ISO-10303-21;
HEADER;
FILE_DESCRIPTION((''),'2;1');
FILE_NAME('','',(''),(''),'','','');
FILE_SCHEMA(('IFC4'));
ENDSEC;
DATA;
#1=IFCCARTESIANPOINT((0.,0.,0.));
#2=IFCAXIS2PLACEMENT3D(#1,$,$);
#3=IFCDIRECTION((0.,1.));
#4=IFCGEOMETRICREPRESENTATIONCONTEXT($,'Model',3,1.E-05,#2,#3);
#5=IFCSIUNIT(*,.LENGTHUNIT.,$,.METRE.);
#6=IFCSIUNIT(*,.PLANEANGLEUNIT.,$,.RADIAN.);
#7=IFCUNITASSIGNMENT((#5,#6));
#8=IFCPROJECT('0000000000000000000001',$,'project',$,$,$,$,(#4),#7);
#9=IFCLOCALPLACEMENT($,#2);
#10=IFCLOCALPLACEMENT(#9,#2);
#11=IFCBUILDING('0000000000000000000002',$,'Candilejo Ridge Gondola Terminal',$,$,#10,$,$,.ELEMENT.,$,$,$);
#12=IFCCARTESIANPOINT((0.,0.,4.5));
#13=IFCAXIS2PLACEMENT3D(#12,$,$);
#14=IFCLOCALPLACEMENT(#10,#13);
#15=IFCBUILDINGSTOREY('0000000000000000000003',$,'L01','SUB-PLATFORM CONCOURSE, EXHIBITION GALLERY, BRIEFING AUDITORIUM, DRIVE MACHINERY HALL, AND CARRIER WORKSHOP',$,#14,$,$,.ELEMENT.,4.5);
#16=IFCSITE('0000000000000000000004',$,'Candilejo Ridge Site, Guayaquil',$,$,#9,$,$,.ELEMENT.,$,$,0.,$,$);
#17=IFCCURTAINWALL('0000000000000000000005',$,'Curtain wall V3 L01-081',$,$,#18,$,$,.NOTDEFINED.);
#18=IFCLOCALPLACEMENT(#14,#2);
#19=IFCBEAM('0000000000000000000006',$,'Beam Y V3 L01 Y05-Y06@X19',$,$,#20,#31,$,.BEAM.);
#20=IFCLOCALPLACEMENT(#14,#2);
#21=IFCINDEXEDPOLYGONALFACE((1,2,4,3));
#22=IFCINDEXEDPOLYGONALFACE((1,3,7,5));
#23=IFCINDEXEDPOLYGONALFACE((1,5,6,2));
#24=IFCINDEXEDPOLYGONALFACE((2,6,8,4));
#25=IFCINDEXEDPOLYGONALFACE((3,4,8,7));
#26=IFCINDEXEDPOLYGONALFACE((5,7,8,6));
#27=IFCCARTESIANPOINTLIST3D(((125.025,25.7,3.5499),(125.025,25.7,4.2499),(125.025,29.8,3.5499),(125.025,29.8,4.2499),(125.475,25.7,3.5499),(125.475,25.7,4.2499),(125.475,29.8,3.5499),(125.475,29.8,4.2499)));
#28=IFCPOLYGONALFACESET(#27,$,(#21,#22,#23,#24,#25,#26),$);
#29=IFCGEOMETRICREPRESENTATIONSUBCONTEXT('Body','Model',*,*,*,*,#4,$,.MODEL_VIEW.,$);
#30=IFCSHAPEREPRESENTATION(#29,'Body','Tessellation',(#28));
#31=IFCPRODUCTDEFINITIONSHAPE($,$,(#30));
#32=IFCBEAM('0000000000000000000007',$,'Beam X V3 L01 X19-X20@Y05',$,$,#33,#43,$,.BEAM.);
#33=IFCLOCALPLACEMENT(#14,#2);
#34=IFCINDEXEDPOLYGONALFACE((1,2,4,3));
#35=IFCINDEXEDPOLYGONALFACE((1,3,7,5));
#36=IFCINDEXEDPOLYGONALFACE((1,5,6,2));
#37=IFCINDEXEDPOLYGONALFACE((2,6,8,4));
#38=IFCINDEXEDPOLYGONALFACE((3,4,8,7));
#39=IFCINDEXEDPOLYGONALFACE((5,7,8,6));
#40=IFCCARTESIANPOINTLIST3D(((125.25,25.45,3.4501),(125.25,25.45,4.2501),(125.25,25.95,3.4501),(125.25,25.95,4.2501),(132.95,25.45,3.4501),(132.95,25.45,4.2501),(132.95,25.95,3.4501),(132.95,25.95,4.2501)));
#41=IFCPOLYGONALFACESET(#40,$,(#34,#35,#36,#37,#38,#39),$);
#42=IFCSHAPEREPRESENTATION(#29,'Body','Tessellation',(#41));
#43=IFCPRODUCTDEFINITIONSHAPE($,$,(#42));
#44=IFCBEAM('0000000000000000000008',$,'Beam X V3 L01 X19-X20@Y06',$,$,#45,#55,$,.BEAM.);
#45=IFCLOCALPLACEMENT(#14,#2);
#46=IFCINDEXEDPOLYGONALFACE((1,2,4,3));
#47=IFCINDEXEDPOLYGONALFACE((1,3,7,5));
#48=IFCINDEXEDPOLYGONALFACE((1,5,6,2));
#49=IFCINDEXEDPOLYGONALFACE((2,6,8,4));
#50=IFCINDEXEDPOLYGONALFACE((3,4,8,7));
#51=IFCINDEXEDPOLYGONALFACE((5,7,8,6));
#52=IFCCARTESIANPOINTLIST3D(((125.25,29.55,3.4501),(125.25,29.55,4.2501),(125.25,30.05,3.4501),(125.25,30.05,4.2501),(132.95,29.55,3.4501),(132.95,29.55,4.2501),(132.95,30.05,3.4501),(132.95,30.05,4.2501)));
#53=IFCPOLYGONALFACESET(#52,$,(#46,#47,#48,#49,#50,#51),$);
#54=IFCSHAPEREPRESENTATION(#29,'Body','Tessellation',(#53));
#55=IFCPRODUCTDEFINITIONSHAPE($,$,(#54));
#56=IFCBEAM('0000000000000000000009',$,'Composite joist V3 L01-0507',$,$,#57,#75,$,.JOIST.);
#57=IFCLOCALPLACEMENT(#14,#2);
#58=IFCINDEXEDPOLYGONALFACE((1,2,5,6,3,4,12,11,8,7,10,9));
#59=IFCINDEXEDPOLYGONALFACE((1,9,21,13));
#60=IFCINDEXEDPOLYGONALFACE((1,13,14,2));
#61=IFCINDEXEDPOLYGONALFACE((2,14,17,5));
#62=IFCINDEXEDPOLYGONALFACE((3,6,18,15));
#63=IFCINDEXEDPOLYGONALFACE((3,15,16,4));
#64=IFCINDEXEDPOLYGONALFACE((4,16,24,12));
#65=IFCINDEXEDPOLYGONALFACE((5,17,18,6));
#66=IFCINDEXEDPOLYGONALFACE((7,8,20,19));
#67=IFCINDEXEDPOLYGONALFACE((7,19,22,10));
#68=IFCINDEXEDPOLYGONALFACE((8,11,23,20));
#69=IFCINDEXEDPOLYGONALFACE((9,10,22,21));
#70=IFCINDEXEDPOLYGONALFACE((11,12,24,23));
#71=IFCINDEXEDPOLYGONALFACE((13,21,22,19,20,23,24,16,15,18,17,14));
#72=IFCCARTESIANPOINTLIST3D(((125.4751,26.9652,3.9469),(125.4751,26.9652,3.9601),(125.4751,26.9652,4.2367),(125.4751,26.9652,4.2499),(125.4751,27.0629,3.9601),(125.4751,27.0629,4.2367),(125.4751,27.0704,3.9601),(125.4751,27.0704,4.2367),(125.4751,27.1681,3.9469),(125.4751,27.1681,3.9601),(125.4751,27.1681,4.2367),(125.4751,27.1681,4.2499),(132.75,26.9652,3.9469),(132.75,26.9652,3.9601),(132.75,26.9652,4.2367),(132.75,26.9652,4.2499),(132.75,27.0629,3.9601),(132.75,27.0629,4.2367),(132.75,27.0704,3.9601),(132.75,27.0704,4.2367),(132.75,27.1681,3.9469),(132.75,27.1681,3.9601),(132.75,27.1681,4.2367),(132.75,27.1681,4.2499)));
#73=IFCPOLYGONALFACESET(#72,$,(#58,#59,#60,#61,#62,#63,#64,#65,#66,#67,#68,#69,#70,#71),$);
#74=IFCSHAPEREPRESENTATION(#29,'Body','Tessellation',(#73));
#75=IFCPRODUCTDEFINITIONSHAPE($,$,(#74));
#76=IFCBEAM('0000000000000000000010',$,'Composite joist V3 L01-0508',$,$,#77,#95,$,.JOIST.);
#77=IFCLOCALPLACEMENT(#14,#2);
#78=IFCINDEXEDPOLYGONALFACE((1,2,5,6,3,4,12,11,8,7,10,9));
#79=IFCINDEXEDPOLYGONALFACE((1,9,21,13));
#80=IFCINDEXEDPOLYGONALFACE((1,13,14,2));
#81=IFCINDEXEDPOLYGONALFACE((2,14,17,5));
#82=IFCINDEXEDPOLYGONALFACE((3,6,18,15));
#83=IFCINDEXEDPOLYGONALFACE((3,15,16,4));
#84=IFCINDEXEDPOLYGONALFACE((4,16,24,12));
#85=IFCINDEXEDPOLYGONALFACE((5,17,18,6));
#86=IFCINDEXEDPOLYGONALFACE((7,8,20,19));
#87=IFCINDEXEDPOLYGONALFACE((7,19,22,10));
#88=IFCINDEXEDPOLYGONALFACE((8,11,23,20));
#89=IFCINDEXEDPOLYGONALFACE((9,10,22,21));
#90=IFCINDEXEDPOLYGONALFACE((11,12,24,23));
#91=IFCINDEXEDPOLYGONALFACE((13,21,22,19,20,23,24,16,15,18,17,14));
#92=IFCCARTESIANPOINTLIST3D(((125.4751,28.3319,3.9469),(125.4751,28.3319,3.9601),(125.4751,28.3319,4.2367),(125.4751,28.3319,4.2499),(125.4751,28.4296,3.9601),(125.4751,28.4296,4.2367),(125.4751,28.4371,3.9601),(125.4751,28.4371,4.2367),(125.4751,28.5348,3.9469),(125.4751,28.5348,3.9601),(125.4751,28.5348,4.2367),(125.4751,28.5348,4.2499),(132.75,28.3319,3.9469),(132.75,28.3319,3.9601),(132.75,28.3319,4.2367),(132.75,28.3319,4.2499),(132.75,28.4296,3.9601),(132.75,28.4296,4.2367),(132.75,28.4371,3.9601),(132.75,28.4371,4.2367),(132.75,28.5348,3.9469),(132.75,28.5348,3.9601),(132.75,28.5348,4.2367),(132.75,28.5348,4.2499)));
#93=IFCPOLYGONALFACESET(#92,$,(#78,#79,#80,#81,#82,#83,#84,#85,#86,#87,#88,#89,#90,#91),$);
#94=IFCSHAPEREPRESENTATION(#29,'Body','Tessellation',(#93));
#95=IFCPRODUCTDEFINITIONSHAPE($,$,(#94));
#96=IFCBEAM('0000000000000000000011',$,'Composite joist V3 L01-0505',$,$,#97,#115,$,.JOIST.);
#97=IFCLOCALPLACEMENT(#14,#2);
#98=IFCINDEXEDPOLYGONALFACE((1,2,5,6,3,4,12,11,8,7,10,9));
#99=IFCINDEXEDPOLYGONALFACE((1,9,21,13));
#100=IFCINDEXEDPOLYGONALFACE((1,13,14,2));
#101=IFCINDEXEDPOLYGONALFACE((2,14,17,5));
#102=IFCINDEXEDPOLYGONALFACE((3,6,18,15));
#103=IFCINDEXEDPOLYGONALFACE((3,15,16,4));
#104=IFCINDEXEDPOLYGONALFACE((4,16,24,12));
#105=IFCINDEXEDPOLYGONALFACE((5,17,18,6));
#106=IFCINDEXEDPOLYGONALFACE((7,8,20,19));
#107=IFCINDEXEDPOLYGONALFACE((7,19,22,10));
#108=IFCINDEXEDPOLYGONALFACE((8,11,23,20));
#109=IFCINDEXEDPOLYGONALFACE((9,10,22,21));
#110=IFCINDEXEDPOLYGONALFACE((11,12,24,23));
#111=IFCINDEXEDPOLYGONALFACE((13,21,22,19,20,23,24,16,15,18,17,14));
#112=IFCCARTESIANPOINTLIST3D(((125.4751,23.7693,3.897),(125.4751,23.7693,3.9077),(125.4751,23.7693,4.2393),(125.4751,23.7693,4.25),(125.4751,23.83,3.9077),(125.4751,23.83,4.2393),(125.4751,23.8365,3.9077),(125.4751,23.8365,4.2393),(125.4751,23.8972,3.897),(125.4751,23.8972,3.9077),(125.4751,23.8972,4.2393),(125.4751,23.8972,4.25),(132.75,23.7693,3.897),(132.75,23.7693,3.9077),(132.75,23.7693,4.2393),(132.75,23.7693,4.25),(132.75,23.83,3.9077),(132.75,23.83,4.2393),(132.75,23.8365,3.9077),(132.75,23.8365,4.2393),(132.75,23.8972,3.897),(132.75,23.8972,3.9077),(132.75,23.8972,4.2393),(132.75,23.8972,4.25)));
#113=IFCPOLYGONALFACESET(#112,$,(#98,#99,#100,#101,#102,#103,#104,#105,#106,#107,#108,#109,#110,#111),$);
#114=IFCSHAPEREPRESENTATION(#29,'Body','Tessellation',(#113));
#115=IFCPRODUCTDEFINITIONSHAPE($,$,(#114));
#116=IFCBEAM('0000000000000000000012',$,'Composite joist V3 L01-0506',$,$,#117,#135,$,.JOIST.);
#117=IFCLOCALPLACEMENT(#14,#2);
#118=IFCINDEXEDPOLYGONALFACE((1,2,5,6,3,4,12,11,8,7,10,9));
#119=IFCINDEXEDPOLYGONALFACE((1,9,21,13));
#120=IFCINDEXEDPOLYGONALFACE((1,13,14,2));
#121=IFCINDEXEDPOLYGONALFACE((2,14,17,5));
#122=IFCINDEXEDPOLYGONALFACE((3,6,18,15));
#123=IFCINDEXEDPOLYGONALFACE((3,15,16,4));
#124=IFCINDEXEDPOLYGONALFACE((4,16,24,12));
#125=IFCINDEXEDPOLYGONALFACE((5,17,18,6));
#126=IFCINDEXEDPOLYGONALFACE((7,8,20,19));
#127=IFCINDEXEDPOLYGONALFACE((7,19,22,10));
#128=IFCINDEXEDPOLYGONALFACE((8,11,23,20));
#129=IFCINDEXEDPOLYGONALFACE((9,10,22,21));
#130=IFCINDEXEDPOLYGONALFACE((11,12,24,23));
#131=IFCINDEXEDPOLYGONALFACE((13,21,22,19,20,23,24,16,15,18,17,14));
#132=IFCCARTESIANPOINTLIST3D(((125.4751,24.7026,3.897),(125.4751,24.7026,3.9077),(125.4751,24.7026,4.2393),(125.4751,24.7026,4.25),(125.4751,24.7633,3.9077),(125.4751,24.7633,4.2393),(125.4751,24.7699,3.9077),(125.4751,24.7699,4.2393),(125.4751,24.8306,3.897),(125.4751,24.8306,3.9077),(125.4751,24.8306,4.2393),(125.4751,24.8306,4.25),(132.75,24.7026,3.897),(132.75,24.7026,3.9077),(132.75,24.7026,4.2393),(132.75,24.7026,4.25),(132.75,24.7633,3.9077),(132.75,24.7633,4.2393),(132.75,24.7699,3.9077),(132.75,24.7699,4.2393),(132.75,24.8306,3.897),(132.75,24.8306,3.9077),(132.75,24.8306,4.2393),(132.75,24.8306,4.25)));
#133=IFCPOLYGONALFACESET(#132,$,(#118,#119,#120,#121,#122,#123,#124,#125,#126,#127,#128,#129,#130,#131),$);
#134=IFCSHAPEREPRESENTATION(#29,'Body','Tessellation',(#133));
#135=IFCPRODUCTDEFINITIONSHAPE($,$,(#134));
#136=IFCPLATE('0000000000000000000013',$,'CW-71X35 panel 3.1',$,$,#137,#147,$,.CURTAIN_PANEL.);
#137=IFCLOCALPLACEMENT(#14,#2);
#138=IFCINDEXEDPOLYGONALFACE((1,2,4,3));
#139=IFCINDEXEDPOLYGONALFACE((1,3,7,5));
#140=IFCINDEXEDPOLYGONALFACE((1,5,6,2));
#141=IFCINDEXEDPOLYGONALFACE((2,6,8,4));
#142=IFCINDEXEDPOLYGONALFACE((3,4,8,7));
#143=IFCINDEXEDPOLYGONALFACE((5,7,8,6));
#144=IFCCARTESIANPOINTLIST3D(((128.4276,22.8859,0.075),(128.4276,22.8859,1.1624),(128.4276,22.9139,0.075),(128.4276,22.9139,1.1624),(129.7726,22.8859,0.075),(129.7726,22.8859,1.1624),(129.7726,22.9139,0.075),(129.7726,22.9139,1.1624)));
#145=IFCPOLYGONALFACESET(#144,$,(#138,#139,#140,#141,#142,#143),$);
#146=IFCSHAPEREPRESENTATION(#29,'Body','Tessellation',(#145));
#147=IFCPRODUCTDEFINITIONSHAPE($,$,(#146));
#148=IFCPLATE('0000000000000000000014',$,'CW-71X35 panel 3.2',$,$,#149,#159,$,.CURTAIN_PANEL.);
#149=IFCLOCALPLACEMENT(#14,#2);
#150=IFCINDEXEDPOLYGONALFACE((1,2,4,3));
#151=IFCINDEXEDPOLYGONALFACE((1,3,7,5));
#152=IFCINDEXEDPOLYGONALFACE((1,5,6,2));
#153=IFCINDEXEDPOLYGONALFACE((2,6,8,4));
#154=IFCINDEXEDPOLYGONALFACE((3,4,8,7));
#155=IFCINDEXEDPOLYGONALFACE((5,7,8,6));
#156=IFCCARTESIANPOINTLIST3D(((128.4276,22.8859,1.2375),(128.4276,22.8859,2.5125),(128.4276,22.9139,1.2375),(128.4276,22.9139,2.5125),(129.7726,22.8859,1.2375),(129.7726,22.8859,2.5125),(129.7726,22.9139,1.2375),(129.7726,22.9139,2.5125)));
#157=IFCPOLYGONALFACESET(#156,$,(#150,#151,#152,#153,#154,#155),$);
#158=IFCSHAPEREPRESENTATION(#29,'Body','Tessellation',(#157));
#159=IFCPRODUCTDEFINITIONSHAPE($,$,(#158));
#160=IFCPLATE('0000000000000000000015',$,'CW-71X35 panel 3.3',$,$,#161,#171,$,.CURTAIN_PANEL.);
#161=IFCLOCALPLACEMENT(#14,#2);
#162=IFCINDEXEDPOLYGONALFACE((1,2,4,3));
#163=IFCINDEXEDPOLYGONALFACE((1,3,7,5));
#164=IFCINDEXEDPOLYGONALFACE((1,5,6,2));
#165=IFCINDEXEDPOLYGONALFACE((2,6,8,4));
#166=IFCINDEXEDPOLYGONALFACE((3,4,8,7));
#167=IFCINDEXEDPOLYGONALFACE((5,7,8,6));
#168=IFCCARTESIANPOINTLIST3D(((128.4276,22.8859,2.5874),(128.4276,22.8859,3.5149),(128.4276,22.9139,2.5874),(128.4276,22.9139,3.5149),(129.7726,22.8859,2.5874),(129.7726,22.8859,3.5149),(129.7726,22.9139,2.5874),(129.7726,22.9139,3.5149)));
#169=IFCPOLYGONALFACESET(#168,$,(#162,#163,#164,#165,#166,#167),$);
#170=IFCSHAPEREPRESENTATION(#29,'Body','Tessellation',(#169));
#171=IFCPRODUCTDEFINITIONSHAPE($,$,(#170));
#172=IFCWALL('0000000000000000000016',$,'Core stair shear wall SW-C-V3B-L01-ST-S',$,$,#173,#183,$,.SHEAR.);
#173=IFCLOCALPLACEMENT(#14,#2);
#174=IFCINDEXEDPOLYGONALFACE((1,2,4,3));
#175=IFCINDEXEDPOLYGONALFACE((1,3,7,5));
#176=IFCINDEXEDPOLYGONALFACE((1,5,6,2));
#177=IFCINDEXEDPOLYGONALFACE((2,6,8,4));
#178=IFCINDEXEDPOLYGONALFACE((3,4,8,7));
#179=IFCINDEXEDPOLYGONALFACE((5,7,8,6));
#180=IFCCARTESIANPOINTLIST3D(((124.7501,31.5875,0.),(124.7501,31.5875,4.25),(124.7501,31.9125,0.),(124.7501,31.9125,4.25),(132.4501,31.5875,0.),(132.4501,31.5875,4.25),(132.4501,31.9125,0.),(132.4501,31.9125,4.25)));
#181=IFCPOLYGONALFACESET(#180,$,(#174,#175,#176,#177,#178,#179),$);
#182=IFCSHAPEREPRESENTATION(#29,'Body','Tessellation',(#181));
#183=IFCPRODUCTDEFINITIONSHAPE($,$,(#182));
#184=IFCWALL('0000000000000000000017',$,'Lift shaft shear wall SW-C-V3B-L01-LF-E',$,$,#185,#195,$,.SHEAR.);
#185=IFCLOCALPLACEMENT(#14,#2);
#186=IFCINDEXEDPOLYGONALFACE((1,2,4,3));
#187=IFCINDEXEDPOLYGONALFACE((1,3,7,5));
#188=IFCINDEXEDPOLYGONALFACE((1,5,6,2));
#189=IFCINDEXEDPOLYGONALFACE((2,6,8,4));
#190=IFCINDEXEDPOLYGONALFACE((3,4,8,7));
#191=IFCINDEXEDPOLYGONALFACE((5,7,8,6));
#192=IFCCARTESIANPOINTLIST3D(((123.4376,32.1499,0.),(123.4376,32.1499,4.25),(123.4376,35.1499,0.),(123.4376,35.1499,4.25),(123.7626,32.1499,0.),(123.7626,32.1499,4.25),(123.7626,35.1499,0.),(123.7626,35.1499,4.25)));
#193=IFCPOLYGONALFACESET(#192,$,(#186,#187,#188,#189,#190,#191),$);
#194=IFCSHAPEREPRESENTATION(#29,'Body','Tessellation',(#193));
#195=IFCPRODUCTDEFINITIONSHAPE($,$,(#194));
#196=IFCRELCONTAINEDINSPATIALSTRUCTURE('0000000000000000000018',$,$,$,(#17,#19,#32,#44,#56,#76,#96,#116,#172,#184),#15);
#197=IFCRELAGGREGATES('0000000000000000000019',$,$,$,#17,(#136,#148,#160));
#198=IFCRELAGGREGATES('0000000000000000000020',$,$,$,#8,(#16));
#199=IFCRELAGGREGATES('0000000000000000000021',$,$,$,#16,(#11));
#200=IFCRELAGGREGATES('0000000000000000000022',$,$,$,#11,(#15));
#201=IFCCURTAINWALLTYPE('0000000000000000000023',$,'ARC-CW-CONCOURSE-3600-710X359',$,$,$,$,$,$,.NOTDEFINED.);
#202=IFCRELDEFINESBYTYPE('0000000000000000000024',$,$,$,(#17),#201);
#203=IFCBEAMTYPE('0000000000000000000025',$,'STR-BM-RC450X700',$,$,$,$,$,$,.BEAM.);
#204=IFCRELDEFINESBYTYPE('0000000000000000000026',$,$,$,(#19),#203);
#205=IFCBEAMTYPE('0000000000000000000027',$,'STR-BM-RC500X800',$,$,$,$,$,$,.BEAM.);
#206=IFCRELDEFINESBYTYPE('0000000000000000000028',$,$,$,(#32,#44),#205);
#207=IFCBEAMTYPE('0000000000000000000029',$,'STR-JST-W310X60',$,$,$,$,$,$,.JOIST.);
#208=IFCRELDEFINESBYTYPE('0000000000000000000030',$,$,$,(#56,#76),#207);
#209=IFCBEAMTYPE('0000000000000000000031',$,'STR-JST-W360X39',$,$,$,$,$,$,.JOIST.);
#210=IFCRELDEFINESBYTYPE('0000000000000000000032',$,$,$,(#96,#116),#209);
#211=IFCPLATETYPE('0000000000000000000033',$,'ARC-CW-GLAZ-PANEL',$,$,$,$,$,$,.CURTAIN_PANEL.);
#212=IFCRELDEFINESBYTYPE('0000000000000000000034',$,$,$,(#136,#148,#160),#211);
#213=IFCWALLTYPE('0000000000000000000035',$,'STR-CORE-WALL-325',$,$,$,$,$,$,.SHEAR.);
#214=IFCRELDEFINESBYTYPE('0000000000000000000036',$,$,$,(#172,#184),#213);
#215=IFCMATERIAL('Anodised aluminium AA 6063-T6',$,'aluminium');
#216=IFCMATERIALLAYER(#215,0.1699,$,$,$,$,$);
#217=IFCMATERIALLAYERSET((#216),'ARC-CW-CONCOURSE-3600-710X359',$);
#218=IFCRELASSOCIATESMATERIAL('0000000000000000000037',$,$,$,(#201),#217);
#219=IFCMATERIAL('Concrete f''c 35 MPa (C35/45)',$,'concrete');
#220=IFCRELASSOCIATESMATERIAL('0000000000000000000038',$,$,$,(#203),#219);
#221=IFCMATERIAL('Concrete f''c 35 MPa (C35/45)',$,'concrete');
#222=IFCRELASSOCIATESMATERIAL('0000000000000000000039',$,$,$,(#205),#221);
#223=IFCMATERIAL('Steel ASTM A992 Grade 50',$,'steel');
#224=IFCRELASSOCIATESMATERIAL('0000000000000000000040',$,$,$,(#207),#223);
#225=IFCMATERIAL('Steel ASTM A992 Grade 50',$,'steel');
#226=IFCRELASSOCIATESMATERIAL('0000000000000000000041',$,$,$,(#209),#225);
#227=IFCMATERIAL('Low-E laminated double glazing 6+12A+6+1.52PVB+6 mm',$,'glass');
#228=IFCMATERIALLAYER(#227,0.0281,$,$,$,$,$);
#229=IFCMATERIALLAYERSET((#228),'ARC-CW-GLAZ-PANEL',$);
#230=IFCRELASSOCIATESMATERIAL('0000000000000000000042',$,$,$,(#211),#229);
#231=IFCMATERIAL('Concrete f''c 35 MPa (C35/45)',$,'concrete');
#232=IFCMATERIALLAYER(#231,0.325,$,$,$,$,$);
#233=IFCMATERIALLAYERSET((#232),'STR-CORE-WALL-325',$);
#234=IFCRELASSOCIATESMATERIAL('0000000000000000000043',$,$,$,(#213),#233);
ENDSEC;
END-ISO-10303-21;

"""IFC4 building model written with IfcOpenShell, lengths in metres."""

from ifc_helpers import new_model, si_unit, direction, frame, frame_2d, origin, origin_2d, place, context, subcontext, project, spatial, rectangle, i_section, extrude, material, layer, layer_set, material_profile, profile_set, type_object, element, aggregate, save


model = new_model("IFC4")

# Units and contexts
model_context = context("Model", 3, precision=1e-05, world=origin(), true_north=direction((0.0, 1.0)))
body_context = subcontext(model_context, "Body", "Model", "MODEL_VIEW")
ifc_project = project(units=[si_unit("LENGTHUNIT", "METRE"), si_unit("PLANEANGLEUNIT", "RADIAN")], contexts=[model_context])

# Site, building, storey
site_placement = place(None, origin())
site = spatial("IfcSite", under=ifc_project, at=site_placement, Name="Candilejo Ridge Site, Guayaquil", CompositionType="ELEMENT", RefElevation=0.0)
building_placement = place(site_placement, origin())
building = spatial("IfcBuilding", under=site, at=building_placement, Name="Candilejo Ridge Gondola Terminal", CompositionType="ELEMENT")
storey_placement = place(building_placement, frame((0.0, 0.0, 4.5)))
storey = spatial("IfcBuildingStorey", under=building, at=storey_placement, Name="L01", Description="SUB-PLATFORM CONCOURSE, EXHIBITION GALLERY, BRIEFING AUDITORIUM, DRIVE MACHINERY HALL, AND CARRIER WORKSHOP", CompositionType="ELEMENT", Elevation=4.5)

# Curtain wall
ifc_material_1 = material(Name="Anodised aluminium AA 6063-T6", Category="aluminium")
ifc_layer_1 = layer(ifc_material_1, 0.1699)
ifc_layer_set_1 = layer_set([ifc_layer_1], Name="ARC-CW-CONCOURSE-3600-710X359")
curtain_wall_type = type_object("IfcCurtainWallType", Name="ARC-CW-CONCOURSE-3600-710X359", PredefinedType="NOTDEFINED", material=ifc_layer_set_1)
curtain_wall_placement = place(storey_placement, origin())
curtain_wall = element("IfcCurtainWall", 1, at=curtain_wall_placement, inside=storey, type_object=curtain_wall_type, Name="Curtain wall V3 L01-081", PredefinedType="NOTDEFINED")

# Beams
ifc_material_2 = material(Name="Concrete f'c 35 MPa (C35/45)", Category="concrete")
ifc_material_profile_1 = material_profile(ifc_material_2, rectangle(XDim=0.45, YDim=0.7, at=origin_2d()))
ifc_profile_set_1 = profile_set([ifc_material_profile_1], Name="Concrete f'c 35 MPa (C35/45)")
beam_type_1 = type_object("IfcBeamType", Name="STR-BM-RC450X700", PredefinedType="BEAM", material=ifc_profile_set_1)
beam_placement = place(storey_placement, frame((125.25, 25.7, 3.8999), z_axis=(0.0, 1.0, 0.0), x_axis=(-1.0, 0.0, 0.0)))
element("IfcBeam", 2, at=beam_placement, inside=storey, type_object=beam_type_1, Name="Beam Y V3 L01 Y05-Y06@X19", PredefinedType="BEAM", context=body_context, shape_type="SweptSolid", body=[
    extrude(rectangle(XDim=0.45, YDim=0.7, at=origin_2d()), origin(), (0.0, 0.0, 1.0), 4.1001),
])
ifc_material_3 = material(Name="Concrete f'c 35 MPa (C35/45)", Category="concrete")
ifc_material_profile_2 = material_profile(ifc_material_3, rectangle(XDim=0.5, YDim=0.8, at=origin_2d()))
ifc_profile_set_2 = profile_set([ifc_material_profile_2], Name="Concrete f'c 35 MPa (C35/45)")
beam_type_2 = type_object("IfcBeamType", Name="STR-BM-RC500X800", PredefinedType="BEAM", material=ifc_profile_set_2)
for number, where, z_axis, x_axis, name in (
    (3, (125.25, 25.7, 3.8501), (1.0, 0.0, 0.0), (0.0, 1.0, 0.0), "Beam X V3 L01 X19-X20@Y05"),
    (4, (125.25, 29.8, 3.8501), (1.0, 0.0, 0.0), (0.0, 1.0, 0.0), "Beam X V3 L01 X19-X20@Y06"),
):
    element("IfcBeam", number, at=place(storey_placement, frame(where, z_axis=z_axis, x_axis=x_axis)), inside=storey, type_object=beam_type_2, Name=name, PredefinedType="BEAM", context=body_context, shape_type="SweptSolid", body=[
        extrude(rectangle(XDim=0.5, YDim=0.8, at=origin_2d()), origin(), (0.0, 0.0, 1.0), 7.7),
    ])
ifc_material_4 = material(Name="Steel ASTM A992 Grade 50", Category="steel")
ifc_material_profile_3 = material_profile(ifc_material_4, i_section(OverallWidth=0.2029, OverallDepth=0.303, WebThickness=0.0076, FlangeThickness=0.0132, at=origin_2d()))
ifc_profile_set_3 = profile_set([ifc_material_profile_3], Name="Steel ASTM A992 Grade 50")
beam_type_3 = type_object("IfcBeamType", Name="STR-JST-W310X60", PredefinedType="JOIST", material=ifc_profile_set_3)
for number, where, z_axis, x_axis, name in (
    (5, (125.4751, 27.0667, 4.0984), (1.0, 0.0, 0.0), (0.0, 1.0, 0.0), "Composite joist V3 L01-0507"),
    (6, (125.4751, 28.4333, 4.0984), (1.0, 0.0, 0.0), (0.0, 1.0, 0.0), "Composite joist V3 L01-0508"),
):
    element("IfcBeam", number, at=place(storey_placement, frame(where, z_axis=z_axis, x_axis=x_axis)), inside=storey, type_object=beam_type_3, Name=name, PredefinedType="JOIST", context=body_context, shape_type="SweptSolid", body=[
        extrude(i_section(OverallWidth=0.2029, OverallDepth=0.303, WebThickness=0.0076, FlangeThickness=0.0132, at=origin_2d()), origin(), (0.0, 0.0, 1.0), 7.2749),
    ])
ifc_material_5 = material(Name="Steel ASTM A992 Grade 50", Category="steel")
ifc_material_profile_4 = material_profile(ifc_material_5, i_section(OverallWidth=0.1279, OverallDepth=0.353, WebThickness=0.0066, FlangeThickness=0.0107, at=origin_2d()))
ifc_profile_set_4 = profile_set([ifc_material_profile_4], Name="Steel ASTM A992 Grade 50")
beam_type_4 = type_object("IfcBeamType", Name="STR-JST-W360X39", PredefinedType="JOIST", material=ifc_profile_set_4)
for number, where, z_axis, x_axis, name in (
    (7, (125.4751, 23.8333, 4.0735), (1.0, 0.0, 0.0), (0.0, 1.0, 0.0), "Composite joist V3 L01-0505"),
    (8, (125.4751, 24.7666, 4.0735), (1.0, 0.0, 0.0), (0.0, 1.0, 0.0), "Composite joist V3 L01-0506"),
):
    element("IfcBeam", number, at=place(storey_placement, frame(where, z_axis=z_axis, x_axis=x_axis)), inside=storey, type_object=beam_type_4, Name=name, PredefinedType="JOIST", context=body_context, shape_type="SweptSolid", body=[
        extrude(i_section(OverallWidth=0.1279, OverallDepth=0.353, WebThickness=0.0066, FlangeThickness=0.0107, at=origin_2d()), origin(), (0.0, 0.0, 1.0), 7.2749),
    ])

# Plates
ifc_material_6 = material(Name="Low-E laminated double glazing 6+12A+6+1.52PVB+6 mm", Category="glass")
ifc_layer_2 = layer(ifc_material_6, 0.0281)
ifc_layer_set_2 = layer_set([ifc_layer_2], Name="ARC-CW-GLAZ-PANEL")
plate_type = type_object("IfcPlateType", Name="ARC-CW-GLAZ-PANEL", PredefinedType="CURTAIN_PANEL", material=ifc_layer_set_2)
plate_1_placement = place(storey_placement, frame((129.1001, 22.8999, 0.075), z_axis=(0.0, 0.0, 1.0), x_axis=(1.0, 0.0, 0.0)))
plate_1 = element("IfcPlate", 9, at=plate_1_placement, type_object=plate_type, Name="CW-71X35 panel 3.1", PredefinedType="CURTAIN_PANEL", context=body_context, shape_type="SweptSolid", body=[
    extrude(rectangle(XDim=1.345, YDim=0.0281, at=origin_2d()), origin(), (0.0, 0.0, 1.0), 1.0874),
])
plate_2_placement = place(storey_placement, frame((129.1001, 22.8999, 1.2375), z_axis=(0.0, 0.0, 1.0), x_axis=(1.0, 0.0, 0.0)))
plate_2 = element("IfcPlate", 10, at=plate_2_placement, type_object=plate_type, Name="CW-71X35 panel 3.2", PredefinedType="CURTAIN_PANEL", context=body_context, shape_type="SweptSolid", body=[
    extrude(rectangle(XDim=1.345, YDim=0.0281, at=origin_2d()), origin(), (0.0, 0.0, 1.0), 1.2749),
])
plate_3_placement = place(storey_placement, frame((129.1001, 22.8999, 2.5874), z_axis=(0.0, 0.0, 1.0), x_axis=(1.0, 0.0, 0.0)))
plate_3 = element("IfcPlate", 11, at=plate_3_placement, type_object=plate_type, Name="CW-71X35 panel 3.3", PredefinedType="CURTAIN_PANEL", context=body_context, shape_type="SweptSolid", body=[
    extrude(rectangle(XDim=1.345, YDim=0.0281, at=origin_2d()), origin(), (0.0, 0.0, 1.0), 0.9275),
])
aggregate(curtain_wall, [plate_1, plate_2, plate_3])

# Walls
ifc_material_7 = material(Name="Concrete f'c 35 MPa (C35/45)", Category="concrete")
ifc_layer_3 = layer(ifc_material_7, 0.325)
ifc_layer_set_3 = layer_set([ifc_layer_3], Name="STR-CORE-WALL-325")
wall_type = type_object("IfcWallType", Name="STR-CORE-WALL-325", PredefinedType="SHEAR", material=ifc_layer_set_3)
wall_1_placement = place(storey_placement, frame((124.75, 31.75, 0.0), z_axis=(0.0, 0.0, 1.0), x_axis=(1.0, 0.0, 0.0)))
element("IfcWall", 12, at=wall_1_placement, inside=storey, type_object=wall_type, Name="Core stair shear wall SW-C-V3B-L01-ST-S", PredefinedType="SHEAR", context=body_context, shape_type="SweptSolid", body=[
    extrude(rectangle(XDim=7.7, YDim=0.325, at=frame_2d((3.8501, 0.0))), origin(), (0.0, 0.0, 1.0), 4.25),
])
wall_2_placement = place(storey_placement, frame((123.6001, 32.1499, 0.0), z_axis=(0.0, 0.0, 1.0), x_axis=(0.0, 1.0, 0.0)))
element("IfcWall", 13, at=wall_2_placement, inside=storey, type_object=wall_type, Name="Lift shaft shear wall SW-C-V3B-L01-LF-E", PredefinedType="SHEAR", context=body_context, shape_type="SweptSolid", body=[
    extrude(rectangle(XDim=3.0, YDim=0.325, at=frame_2d((1.5, 0.0))), origin(), (0.0, 0.0, 1.0), 4.25),
])

save(model, "model.ifc")
